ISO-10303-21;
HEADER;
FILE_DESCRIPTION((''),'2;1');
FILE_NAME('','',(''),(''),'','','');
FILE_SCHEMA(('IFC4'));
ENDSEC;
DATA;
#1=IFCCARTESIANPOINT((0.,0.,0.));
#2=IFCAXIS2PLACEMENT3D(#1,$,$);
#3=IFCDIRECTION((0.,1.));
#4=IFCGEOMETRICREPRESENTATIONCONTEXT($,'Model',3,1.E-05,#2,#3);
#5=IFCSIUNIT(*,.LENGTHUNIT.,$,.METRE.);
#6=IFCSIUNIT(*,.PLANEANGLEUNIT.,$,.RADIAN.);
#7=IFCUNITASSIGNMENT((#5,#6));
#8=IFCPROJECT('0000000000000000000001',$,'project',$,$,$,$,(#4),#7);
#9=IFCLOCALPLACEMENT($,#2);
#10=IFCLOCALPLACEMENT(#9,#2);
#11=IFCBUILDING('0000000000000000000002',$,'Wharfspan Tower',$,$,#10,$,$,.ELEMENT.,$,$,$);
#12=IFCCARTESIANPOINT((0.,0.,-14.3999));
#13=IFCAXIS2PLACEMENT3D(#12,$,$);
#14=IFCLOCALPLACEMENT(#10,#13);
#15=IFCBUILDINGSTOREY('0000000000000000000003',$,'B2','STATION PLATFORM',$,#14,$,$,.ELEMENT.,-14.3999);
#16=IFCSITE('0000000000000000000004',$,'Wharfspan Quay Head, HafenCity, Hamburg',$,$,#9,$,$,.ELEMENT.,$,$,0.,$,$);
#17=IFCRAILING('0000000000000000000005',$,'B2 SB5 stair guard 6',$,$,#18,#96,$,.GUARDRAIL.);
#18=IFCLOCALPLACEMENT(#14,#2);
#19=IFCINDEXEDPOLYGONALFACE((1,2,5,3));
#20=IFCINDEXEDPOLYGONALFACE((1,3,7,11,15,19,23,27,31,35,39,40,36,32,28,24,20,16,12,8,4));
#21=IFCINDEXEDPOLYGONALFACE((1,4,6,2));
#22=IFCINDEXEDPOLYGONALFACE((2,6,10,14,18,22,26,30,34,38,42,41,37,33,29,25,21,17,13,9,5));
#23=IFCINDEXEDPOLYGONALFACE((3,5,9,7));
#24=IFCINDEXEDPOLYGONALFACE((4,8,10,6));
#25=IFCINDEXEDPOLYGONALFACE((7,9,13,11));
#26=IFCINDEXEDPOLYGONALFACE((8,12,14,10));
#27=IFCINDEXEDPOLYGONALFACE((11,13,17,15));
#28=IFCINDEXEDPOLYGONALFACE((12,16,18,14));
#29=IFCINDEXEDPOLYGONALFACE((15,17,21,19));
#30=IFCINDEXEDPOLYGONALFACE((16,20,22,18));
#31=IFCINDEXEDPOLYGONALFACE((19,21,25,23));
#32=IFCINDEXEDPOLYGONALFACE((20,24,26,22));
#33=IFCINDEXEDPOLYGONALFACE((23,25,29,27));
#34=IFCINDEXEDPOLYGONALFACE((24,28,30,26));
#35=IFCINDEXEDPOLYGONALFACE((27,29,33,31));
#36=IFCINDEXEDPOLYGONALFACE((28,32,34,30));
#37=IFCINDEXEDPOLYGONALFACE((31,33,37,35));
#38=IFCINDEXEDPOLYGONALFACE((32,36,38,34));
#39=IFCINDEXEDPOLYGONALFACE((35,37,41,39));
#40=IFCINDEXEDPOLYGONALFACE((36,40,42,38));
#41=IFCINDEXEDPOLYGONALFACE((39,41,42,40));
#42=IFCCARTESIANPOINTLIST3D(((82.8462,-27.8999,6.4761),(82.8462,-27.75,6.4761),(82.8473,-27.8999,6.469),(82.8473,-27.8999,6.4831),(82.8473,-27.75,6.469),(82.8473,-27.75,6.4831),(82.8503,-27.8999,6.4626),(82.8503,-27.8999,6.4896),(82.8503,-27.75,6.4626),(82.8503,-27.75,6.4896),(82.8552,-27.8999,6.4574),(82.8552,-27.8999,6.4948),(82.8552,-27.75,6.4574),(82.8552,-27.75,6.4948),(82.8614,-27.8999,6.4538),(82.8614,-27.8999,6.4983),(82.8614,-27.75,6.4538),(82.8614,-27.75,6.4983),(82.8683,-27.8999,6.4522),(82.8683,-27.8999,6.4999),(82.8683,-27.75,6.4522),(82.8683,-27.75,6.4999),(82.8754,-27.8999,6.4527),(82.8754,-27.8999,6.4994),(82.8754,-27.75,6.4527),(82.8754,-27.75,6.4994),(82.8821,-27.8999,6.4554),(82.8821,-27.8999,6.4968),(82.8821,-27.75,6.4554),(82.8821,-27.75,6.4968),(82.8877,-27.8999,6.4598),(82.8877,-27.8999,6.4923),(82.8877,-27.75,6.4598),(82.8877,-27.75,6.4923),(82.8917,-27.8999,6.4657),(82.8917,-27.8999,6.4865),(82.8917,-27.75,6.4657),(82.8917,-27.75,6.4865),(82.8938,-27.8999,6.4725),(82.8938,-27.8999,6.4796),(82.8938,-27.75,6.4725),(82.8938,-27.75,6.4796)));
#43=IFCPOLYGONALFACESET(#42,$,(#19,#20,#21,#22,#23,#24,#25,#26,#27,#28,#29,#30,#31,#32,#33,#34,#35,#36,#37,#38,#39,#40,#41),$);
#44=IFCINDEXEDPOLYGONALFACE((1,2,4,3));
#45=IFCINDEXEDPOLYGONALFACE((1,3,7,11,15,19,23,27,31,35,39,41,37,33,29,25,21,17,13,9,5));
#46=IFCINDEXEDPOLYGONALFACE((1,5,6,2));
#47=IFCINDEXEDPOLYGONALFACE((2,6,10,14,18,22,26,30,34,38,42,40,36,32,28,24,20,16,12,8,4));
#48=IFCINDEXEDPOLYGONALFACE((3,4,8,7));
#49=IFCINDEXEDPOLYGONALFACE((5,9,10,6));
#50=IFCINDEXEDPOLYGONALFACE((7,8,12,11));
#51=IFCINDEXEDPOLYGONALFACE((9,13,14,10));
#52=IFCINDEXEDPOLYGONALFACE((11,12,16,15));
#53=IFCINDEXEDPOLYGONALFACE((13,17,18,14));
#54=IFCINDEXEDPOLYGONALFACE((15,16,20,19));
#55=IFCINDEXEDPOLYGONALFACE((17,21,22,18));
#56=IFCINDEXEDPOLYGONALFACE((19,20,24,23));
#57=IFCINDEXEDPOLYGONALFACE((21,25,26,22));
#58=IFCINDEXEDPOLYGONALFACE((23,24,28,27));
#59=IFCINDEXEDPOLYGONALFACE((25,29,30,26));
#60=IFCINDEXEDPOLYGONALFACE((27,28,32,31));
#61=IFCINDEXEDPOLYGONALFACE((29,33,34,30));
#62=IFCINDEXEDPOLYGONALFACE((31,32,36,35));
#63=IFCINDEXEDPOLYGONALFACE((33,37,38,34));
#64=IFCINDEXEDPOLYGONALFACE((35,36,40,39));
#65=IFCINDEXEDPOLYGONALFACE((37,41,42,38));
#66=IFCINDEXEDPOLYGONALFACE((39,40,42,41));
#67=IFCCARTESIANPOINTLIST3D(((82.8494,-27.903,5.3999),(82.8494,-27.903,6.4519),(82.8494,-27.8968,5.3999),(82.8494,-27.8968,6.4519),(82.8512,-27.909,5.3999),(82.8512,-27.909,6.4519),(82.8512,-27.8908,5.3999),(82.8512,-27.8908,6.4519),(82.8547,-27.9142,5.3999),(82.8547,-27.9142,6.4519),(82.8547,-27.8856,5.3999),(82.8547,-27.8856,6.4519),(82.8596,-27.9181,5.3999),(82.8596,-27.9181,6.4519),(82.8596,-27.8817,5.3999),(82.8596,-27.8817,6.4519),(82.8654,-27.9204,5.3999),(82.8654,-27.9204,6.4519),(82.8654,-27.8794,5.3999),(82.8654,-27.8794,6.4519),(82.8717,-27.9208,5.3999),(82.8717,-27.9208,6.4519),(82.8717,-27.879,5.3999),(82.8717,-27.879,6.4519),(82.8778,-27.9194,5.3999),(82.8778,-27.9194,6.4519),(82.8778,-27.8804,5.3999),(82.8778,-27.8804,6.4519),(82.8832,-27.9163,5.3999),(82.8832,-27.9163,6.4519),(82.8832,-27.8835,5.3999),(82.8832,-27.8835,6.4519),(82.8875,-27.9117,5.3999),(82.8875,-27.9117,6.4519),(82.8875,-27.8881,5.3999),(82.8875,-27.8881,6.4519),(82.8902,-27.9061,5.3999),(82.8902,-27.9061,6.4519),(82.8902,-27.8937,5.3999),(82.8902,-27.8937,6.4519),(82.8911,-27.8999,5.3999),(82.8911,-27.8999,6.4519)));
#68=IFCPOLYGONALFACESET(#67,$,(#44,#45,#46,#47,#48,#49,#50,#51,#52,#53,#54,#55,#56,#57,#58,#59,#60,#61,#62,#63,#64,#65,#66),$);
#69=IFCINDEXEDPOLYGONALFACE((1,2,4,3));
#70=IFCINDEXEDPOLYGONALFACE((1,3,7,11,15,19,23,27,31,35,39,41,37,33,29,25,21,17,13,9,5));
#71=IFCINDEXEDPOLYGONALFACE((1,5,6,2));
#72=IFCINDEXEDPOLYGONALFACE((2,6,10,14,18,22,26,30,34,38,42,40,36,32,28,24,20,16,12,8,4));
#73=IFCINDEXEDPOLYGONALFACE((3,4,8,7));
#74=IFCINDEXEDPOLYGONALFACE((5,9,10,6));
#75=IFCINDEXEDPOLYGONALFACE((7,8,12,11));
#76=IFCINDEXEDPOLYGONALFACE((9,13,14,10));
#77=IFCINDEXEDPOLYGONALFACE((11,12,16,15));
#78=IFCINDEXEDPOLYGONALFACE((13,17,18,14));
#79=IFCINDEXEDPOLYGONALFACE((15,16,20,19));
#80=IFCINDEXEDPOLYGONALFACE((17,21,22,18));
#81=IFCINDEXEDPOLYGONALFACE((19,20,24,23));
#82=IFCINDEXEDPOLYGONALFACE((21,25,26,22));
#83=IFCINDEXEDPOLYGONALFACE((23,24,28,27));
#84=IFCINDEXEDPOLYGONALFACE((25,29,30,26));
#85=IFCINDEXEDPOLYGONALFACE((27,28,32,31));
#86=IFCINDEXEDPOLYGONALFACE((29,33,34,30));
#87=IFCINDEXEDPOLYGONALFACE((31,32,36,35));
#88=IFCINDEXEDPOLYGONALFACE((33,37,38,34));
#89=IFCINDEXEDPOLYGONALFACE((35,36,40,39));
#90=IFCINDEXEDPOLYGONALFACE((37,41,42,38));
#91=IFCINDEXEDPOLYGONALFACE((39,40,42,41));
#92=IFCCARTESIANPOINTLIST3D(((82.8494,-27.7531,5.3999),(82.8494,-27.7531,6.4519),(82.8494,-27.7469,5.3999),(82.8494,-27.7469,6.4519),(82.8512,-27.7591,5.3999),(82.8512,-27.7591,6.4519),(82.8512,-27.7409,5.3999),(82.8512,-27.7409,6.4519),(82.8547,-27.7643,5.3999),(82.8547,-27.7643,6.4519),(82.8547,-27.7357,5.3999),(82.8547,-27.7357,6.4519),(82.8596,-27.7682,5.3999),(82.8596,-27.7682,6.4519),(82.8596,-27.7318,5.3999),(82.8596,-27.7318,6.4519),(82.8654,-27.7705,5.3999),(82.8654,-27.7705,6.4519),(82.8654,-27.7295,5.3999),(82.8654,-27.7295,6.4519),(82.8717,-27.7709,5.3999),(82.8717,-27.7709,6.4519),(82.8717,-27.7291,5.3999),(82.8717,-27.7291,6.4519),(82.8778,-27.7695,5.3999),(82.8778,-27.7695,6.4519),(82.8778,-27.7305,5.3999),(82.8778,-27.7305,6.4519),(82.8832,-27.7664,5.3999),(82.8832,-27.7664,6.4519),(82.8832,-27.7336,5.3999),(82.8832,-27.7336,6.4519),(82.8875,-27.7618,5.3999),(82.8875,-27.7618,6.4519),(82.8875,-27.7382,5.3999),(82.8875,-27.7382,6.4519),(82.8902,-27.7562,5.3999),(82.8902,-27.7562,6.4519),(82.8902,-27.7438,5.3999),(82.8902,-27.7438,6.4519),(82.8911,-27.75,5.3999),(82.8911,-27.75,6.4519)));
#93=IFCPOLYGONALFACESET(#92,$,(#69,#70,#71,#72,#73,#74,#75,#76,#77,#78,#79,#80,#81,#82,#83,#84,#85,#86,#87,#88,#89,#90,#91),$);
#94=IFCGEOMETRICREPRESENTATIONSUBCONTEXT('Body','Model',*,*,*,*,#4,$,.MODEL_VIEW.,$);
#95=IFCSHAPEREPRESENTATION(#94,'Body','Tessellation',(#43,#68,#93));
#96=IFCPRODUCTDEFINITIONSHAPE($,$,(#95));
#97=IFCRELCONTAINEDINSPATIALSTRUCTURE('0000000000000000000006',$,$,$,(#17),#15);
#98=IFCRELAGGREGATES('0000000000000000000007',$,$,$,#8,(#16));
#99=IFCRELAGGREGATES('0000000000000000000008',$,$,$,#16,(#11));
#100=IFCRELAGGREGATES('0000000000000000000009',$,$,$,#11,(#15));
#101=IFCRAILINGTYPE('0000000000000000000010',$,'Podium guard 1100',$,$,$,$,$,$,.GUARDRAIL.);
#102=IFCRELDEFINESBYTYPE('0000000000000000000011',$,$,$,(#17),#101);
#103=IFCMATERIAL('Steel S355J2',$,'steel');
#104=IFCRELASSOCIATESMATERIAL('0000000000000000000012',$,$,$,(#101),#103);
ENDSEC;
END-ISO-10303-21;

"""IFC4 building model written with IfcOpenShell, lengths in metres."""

from ifc_helpers import new_model, si_unit, direction, frame, origin, origin_2d, place, context, subcontext, project, spatial, circle, extrude, material, type_object, element, save


model = new_model("IFC4")

# Units and contexts
model_context = context("Model", 3, precision=1e-05, world=origin(), true_north=direction((0.0, 1.0)))
body_context = subcontext(model_context, "Body", "Model", "MODEL_VIEW")
ifc_project = project(units=[si_unit("LENGTHUNIT", "METRE"), si_unit("PLANEANGLEUNIT", "RADIAN")], contexts=[model_context])

# Site, building, storey
site_placement = place(None, origin())
site = spatial("IfcSite", under=ifc_project, at=site_placement, Name="Wharfspan Quay Head, HafenCity, Hamburg", CompositionType="ELEMENT", RefElevation=0.0)
building_placement = place(site_placement, origin())
building = spatial("IfcBuilding", under=site, at=building_placement, Name="Wharfspan Tower", CompositionType="ELEMENT")
storey_placement = place(building_placement, frame((0.0, 0.0, -14.3999)))
storey = spatial("IfcBuildingStorey", under=building, at=storey_placement, Name="B2", Description="STATION PLATFORM", CompositionType="ELEMENT", Elevation=-14.3999)

# Railing
ifc_material_1 = material(Name="Steel S355J2", Category="steel")
railing_type_1 = type_object("IfcRailingType", Name="Podium guard 1100", PredefinedType="GUARDRAIL", material=ifc_material_1)
railing_1_placement = place(storey_placement, frame((82.8701, -27.8999, 5.3999)))
element("IfcRailing", 1, at=railing_1_placement, inside=storey, type_object=railing_type_1, Name="B2 SB5 stair guard 6", PredefinedType="GUARDRAIL", context=body_context, shape_type="SweptSolid", body=[
    extrude(circle(Radius=0.0239, at=origin_2d()), frame((0.0, 0.0, 1.0762), z_axis=(0.0, 1.0, 0.0), x_axis=(-1.0, 0.0, 0.0)), (0.0, 0.0, 1.0), 0.1499),
    extrude(circle(Radius=0.021, at=origin_2d()), origin(), (0.0, 0.0, 1.0), 1.052),
    extrude(circle(Radius=0.021, at=origin_2d()), frame((0.0, 0.1499, 0.0)), (0.0, 0.0, 1.0), 1.052),
])

save(model, "model.ifc")
